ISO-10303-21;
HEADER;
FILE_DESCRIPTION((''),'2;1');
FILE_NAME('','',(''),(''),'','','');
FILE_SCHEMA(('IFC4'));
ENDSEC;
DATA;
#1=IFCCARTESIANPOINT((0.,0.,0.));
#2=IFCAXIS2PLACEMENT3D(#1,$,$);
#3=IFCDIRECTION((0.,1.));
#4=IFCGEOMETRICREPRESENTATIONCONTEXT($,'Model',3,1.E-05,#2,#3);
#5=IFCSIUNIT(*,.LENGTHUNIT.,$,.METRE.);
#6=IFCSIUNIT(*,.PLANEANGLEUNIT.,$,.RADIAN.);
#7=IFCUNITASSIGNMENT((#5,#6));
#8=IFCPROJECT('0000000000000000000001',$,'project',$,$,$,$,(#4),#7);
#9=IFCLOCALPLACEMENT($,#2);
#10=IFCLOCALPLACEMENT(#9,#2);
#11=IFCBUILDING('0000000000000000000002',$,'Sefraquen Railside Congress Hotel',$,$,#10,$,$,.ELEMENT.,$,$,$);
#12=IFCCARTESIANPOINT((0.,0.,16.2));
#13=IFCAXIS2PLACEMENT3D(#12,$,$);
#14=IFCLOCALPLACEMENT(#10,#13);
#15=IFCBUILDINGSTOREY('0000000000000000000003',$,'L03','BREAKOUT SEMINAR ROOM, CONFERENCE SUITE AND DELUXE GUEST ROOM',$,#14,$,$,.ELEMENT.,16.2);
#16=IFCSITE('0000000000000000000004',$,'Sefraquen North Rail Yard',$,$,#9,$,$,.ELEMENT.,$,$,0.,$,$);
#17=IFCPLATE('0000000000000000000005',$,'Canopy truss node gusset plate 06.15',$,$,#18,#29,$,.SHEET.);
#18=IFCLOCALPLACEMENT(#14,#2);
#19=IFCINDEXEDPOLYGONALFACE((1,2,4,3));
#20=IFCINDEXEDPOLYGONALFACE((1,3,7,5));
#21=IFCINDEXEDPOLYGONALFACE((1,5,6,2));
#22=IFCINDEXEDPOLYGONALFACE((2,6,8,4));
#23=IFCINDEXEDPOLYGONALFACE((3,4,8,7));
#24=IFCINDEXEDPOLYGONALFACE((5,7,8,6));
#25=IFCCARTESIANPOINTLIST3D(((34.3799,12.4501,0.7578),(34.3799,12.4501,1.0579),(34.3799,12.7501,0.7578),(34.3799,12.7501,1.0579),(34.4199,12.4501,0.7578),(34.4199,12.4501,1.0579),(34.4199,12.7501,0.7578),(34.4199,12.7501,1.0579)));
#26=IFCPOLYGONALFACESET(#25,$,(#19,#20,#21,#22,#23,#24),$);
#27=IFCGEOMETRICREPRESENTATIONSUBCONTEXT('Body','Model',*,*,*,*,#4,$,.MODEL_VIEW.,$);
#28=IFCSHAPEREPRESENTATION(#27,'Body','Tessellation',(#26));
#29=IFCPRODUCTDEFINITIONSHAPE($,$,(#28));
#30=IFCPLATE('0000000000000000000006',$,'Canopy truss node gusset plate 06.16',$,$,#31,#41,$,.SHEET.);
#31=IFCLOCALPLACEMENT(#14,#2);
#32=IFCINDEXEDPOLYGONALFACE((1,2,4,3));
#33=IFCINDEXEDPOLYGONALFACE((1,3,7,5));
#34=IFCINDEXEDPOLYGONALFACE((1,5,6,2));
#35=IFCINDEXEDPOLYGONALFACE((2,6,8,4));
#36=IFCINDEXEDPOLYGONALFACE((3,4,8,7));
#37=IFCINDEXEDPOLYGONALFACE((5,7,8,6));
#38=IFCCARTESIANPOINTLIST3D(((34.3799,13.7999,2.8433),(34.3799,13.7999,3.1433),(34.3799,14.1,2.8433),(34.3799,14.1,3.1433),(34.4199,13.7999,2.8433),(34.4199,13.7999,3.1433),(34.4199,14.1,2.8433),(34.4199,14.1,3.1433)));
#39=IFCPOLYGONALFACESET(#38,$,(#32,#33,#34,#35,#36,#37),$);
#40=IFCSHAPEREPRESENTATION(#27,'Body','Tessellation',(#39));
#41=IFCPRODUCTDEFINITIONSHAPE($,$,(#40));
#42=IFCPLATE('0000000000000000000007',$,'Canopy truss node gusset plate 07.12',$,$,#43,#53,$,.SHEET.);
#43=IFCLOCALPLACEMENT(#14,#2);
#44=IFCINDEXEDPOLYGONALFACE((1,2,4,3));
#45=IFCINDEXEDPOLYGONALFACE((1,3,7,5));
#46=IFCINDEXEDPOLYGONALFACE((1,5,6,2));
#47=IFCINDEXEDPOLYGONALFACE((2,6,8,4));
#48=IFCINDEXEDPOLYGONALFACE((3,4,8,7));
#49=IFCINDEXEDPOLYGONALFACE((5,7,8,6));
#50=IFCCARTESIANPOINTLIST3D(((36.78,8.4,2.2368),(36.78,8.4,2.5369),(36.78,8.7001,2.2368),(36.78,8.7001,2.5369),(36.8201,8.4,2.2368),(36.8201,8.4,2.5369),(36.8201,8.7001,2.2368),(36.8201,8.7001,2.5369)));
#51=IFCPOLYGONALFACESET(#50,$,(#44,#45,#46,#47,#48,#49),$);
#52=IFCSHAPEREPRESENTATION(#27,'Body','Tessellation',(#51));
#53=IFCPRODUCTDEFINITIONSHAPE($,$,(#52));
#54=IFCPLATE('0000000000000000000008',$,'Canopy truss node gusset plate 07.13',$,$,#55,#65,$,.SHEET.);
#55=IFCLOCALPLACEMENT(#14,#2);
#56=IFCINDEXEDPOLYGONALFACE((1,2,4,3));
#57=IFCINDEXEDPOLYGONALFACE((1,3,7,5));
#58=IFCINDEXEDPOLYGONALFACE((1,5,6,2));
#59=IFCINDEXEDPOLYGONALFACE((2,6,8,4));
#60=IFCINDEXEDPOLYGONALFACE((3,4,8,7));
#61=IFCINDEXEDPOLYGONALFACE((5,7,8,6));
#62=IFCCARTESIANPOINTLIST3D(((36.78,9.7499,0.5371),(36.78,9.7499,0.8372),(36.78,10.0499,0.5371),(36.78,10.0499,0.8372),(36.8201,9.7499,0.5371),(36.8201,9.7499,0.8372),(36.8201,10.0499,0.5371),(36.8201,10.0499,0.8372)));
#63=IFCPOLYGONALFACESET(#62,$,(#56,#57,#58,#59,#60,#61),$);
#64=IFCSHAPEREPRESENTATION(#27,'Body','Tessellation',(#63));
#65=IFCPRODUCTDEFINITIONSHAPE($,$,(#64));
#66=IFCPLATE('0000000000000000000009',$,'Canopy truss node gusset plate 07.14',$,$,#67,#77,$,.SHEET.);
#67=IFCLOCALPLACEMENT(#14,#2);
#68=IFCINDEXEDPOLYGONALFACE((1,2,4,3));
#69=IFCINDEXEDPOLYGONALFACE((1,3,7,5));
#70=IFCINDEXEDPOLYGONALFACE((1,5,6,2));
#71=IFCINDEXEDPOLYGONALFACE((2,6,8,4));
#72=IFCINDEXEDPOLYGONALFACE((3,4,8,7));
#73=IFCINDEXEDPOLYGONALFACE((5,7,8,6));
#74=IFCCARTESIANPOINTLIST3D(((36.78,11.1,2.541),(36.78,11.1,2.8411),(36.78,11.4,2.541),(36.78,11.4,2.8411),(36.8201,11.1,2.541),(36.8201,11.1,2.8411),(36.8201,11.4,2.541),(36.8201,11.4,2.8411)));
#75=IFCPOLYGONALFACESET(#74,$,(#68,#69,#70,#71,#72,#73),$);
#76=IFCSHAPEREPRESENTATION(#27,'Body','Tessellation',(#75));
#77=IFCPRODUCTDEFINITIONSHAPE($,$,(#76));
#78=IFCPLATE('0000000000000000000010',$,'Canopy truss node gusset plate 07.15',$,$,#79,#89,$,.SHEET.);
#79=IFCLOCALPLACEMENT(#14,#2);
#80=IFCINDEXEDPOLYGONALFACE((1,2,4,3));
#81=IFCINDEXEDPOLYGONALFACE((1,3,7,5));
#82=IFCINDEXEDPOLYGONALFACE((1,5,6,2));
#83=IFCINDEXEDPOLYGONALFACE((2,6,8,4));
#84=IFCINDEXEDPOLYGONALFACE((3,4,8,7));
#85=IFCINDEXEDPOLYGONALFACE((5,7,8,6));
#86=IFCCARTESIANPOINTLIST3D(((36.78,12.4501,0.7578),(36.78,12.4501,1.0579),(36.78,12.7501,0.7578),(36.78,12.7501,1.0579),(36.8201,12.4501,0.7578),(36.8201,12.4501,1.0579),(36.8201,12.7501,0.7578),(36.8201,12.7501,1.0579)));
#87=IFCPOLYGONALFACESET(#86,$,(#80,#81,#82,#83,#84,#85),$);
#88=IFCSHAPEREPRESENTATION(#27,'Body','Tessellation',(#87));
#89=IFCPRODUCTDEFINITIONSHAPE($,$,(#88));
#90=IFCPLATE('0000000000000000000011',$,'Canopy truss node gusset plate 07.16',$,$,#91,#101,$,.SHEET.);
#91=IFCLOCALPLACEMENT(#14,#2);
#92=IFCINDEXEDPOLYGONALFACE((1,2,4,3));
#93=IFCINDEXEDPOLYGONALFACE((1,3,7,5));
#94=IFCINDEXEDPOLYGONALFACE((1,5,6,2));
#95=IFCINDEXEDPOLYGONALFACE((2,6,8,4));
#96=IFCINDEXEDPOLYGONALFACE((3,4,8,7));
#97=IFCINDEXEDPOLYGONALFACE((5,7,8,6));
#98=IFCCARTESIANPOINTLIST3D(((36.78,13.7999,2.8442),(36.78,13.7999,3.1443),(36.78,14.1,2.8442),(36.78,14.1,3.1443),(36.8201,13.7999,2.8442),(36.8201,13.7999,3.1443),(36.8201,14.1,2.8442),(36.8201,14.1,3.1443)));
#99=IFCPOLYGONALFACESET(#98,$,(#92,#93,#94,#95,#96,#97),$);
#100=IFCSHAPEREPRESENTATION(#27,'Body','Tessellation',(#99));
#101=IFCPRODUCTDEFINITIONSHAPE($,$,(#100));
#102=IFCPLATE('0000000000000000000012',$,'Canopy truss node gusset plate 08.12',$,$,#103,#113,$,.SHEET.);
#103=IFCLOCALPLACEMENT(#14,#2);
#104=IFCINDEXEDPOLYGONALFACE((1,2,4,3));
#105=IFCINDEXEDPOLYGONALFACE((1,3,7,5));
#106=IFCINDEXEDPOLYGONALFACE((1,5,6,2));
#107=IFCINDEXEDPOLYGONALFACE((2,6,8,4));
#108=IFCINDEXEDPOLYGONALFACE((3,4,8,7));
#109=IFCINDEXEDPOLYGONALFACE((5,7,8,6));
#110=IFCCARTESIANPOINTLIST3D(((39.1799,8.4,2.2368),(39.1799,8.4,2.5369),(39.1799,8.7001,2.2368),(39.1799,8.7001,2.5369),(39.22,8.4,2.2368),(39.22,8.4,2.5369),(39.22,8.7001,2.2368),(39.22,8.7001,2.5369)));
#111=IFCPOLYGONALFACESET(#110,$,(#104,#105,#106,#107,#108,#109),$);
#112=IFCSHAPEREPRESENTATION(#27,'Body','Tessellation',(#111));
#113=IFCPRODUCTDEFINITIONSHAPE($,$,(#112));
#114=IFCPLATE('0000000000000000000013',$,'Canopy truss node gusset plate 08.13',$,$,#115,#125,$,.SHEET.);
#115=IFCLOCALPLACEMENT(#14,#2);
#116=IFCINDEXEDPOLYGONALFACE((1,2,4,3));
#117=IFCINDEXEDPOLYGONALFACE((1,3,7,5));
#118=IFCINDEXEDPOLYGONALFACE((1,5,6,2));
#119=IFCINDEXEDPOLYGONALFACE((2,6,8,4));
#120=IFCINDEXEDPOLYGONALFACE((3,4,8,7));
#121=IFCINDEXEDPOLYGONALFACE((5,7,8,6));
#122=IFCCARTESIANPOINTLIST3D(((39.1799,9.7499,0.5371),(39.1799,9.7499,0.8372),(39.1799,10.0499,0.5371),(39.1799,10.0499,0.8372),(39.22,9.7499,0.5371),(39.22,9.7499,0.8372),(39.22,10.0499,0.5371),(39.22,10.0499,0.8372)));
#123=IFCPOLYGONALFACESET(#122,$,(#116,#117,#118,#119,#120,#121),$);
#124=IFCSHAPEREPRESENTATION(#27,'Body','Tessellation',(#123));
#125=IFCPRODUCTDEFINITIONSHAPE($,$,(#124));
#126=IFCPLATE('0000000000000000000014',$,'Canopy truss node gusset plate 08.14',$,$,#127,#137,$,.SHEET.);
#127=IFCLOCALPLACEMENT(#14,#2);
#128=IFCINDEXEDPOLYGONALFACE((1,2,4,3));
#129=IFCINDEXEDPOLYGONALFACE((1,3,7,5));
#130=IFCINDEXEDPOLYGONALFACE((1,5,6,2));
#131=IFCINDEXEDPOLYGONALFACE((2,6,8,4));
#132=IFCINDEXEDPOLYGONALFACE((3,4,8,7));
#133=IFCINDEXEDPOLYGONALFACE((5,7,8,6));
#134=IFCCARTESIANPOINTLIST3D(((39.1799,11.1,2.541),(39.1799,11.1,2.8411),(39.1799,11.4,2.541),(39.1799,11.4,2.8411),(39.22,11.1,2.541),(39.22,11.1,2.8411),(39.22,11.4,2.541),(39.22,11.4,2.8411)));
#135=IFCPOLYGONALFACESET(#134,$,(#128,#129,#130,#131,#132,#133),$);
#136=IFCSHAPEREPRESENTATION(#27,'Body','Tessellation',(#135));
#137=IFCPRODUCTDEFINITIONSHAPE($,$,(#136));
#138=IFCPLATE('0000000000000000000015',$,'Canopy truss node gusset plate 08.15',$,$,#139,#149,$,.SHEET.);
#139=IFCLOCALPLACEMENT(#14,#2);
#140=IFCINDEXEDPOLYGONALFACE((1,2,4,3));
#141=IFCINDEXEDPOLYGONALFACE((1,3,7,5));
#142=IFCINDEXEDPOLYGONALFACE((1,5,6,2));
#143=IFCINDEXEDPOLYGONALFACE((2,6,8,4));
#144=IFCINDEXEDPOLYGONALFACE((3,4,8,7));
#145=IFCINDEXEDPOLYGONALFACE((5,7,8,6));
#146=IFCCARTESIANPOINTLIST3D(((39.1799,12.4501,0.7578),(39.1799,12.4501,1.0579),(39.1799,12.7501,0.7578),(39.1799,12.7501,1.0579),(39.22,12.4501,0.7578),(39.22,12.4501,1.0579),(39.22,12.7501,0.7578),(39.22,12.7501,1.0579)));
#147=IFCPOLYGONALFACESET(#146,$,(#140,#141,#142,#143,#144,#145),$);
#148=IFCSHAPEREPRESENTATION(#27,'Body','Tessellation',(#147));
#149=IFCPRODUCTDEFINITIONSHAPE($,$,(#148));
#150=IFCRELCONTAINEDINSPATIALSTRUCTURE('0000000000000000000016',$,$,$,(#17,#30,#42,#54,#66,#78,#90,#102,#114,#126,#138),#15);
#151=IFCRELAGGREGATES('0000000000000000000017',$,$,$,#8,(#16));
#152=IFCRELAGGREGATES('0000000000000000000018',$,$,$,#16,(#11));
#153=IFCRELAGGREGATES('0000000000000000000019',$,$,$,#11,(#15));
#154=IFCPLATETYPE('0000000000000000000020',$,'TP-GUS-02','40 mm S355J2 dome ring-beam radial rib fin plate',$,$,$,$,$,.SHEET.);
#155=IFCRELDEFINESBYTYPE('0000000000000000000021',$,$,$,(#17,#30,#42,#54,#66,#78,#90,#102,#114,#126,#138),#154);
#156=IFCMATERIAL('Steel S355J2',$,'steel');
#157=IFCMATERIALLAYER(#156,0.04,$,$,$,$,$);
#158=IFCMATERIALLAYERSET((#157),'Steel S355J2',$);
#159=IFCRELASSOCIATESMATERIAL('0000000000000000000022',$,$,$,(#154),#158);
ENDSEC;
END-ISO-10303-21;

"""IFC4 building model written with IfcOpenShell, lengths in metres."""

from ifc_helpers import new_model, si_unit, direction, frame, origin, origin_2d, place, context, subcontext, project, spatial, rectangle, extrude, material, layer, layer_set, type_object, element, save


model = new_model("IFC4")

# Units and contexts
model_context = context("Model", 3, precision=1e-05, world=origin(), true_north=direction((0.0, 1.0)))
body_context = subcontext(model_context, "Body", "Model", "MODEL_VIEW")
ifc_project = project(units=[si_unit("LENGTHUNIT", "METRE"), si_unit("PLANEANGLEUNIT", "RADIAN")], contexts=[model_context])

# Site, building, storey
site_placement = place(None, origin())
site = spatial("IfcSite", under=ifc_project, at=site_placement, Name="Sefraquen North Rail Yard", CompositionType="ELEMENT", RefElevation=0.0)
building_placement = place(site_placement, origin())
building = spatial("IfcBuilding", under=site, at=building_placement, Name="Sefraquen Railside Congress Hotel", CompositionType="ELEMENT")
storey_placement = place(building_placement, frame((0.0, 0.0, 16.2)))
storey = spatial("IfcBuildingStorey", under=building, at=storey_placement, Name="L03", Description="BREAKOUT SEMINAR ROOM, CONFERENCE SUITE AND DELUXE GUEST ROOM", CompositionType="ELEMENT", Elevation=16.2)

# Shared definitions
ifc_material = material(Name="Steel S355J2", Category="steel")

# Plates
ifc_layer = layer(ifc_material, 0.04)
ifc_layer_set = layer_set([ifc_layer], Name="Steel S355J2")
plate_type = type_object("IfcPlateType", Name="TP-GUS-02", Description="40 mm S355J2 dome ring-beam radial rib fin plate", PredefinedType="SHEET", material=ifc_layer_set)
for number, where, z_axis, x_axis, name in (
    (1, (34.3999, 12.6001, 0.7578), (0.0, 0.0, 1.0), (1.0, 0.0, 0.0), "Canopy truss node gusset plate 06.15"),
    (2, (34.3999, 13.95, 2.8433), (0.0, 0.0, 1.0), (1.0, 0.0, 0.0), "Canopy truss node gusset plate 06.16"),
    (3, (36.8, 8.55, 2.2368), (0.0, 0.0, 1.0), (1.0, 0.0, 0.0), "Canopy truss node gusset plate 07.12"),
    (4, (36.8, 9.8999, 0.5371), (0.0, 0.0, 1.0), (1.0, 0.0, 0.0), "Canopy truss node gusset plate 07.13"),
    (5, (36.8, 11.25, 2.541), (0.0, 0.0, 1.0), (1.0, 0.0, 0.0), "Canopy truss node gusset plate 07.14"),
    (6, (36.8, 12.6001, 0.7578), (0.0, 0.0, 1.0), (1.0, 0.0, 0.0), "Canopy truss node gusset plate 07.15"),
    (7, (36.8, 13.95, 2.8442), (0.0, 0.0, 1.0), (1.0, 0.0, 0.0), "Canopy truss node gusset plate 07.16"),
    (8, (39.2, 8.55, 2.2368), (0.0, 0.0, 1.0), (1.0, 0.0, 0.0), "Canopy truss node gusset plate 08.12"),
    (9, (39.2, 9.8999, 0.5371), (0.0, 0.0, 1.0), (1.0, 0.0, 0.0), "Canopy truss node gusset plate 08.13"),
    (10, (39.2, 11.25, 2.541), (0.0, 0.0, 1.0), (1.0, 0.0, 0.0), "Canopy truss node gusset plate 08.14"),
    (11, (39.2, 12.6001, 0.7578), (0.0, 0.0, 1.0), (1.0, 0.0, 0.0), "Canopy truss node gusset plate 08.15"),
):
    element("IfcPlate", number, at=place(storey_placement, frame(where, z_axis=z_axis, x_axis=x_axis)), inside=storey, type_object=plate_type, Name=name, PredefinedType="SHEET", context=body_context, shape_type="SweptSolid", body=[
        extrude(rectangle(XDim=0.04, YDim=0.3, at=origin_2d()), origin(), (0.0, 0.0, 1.0), 0.3),
    ])

save(model, "model.ifc")
